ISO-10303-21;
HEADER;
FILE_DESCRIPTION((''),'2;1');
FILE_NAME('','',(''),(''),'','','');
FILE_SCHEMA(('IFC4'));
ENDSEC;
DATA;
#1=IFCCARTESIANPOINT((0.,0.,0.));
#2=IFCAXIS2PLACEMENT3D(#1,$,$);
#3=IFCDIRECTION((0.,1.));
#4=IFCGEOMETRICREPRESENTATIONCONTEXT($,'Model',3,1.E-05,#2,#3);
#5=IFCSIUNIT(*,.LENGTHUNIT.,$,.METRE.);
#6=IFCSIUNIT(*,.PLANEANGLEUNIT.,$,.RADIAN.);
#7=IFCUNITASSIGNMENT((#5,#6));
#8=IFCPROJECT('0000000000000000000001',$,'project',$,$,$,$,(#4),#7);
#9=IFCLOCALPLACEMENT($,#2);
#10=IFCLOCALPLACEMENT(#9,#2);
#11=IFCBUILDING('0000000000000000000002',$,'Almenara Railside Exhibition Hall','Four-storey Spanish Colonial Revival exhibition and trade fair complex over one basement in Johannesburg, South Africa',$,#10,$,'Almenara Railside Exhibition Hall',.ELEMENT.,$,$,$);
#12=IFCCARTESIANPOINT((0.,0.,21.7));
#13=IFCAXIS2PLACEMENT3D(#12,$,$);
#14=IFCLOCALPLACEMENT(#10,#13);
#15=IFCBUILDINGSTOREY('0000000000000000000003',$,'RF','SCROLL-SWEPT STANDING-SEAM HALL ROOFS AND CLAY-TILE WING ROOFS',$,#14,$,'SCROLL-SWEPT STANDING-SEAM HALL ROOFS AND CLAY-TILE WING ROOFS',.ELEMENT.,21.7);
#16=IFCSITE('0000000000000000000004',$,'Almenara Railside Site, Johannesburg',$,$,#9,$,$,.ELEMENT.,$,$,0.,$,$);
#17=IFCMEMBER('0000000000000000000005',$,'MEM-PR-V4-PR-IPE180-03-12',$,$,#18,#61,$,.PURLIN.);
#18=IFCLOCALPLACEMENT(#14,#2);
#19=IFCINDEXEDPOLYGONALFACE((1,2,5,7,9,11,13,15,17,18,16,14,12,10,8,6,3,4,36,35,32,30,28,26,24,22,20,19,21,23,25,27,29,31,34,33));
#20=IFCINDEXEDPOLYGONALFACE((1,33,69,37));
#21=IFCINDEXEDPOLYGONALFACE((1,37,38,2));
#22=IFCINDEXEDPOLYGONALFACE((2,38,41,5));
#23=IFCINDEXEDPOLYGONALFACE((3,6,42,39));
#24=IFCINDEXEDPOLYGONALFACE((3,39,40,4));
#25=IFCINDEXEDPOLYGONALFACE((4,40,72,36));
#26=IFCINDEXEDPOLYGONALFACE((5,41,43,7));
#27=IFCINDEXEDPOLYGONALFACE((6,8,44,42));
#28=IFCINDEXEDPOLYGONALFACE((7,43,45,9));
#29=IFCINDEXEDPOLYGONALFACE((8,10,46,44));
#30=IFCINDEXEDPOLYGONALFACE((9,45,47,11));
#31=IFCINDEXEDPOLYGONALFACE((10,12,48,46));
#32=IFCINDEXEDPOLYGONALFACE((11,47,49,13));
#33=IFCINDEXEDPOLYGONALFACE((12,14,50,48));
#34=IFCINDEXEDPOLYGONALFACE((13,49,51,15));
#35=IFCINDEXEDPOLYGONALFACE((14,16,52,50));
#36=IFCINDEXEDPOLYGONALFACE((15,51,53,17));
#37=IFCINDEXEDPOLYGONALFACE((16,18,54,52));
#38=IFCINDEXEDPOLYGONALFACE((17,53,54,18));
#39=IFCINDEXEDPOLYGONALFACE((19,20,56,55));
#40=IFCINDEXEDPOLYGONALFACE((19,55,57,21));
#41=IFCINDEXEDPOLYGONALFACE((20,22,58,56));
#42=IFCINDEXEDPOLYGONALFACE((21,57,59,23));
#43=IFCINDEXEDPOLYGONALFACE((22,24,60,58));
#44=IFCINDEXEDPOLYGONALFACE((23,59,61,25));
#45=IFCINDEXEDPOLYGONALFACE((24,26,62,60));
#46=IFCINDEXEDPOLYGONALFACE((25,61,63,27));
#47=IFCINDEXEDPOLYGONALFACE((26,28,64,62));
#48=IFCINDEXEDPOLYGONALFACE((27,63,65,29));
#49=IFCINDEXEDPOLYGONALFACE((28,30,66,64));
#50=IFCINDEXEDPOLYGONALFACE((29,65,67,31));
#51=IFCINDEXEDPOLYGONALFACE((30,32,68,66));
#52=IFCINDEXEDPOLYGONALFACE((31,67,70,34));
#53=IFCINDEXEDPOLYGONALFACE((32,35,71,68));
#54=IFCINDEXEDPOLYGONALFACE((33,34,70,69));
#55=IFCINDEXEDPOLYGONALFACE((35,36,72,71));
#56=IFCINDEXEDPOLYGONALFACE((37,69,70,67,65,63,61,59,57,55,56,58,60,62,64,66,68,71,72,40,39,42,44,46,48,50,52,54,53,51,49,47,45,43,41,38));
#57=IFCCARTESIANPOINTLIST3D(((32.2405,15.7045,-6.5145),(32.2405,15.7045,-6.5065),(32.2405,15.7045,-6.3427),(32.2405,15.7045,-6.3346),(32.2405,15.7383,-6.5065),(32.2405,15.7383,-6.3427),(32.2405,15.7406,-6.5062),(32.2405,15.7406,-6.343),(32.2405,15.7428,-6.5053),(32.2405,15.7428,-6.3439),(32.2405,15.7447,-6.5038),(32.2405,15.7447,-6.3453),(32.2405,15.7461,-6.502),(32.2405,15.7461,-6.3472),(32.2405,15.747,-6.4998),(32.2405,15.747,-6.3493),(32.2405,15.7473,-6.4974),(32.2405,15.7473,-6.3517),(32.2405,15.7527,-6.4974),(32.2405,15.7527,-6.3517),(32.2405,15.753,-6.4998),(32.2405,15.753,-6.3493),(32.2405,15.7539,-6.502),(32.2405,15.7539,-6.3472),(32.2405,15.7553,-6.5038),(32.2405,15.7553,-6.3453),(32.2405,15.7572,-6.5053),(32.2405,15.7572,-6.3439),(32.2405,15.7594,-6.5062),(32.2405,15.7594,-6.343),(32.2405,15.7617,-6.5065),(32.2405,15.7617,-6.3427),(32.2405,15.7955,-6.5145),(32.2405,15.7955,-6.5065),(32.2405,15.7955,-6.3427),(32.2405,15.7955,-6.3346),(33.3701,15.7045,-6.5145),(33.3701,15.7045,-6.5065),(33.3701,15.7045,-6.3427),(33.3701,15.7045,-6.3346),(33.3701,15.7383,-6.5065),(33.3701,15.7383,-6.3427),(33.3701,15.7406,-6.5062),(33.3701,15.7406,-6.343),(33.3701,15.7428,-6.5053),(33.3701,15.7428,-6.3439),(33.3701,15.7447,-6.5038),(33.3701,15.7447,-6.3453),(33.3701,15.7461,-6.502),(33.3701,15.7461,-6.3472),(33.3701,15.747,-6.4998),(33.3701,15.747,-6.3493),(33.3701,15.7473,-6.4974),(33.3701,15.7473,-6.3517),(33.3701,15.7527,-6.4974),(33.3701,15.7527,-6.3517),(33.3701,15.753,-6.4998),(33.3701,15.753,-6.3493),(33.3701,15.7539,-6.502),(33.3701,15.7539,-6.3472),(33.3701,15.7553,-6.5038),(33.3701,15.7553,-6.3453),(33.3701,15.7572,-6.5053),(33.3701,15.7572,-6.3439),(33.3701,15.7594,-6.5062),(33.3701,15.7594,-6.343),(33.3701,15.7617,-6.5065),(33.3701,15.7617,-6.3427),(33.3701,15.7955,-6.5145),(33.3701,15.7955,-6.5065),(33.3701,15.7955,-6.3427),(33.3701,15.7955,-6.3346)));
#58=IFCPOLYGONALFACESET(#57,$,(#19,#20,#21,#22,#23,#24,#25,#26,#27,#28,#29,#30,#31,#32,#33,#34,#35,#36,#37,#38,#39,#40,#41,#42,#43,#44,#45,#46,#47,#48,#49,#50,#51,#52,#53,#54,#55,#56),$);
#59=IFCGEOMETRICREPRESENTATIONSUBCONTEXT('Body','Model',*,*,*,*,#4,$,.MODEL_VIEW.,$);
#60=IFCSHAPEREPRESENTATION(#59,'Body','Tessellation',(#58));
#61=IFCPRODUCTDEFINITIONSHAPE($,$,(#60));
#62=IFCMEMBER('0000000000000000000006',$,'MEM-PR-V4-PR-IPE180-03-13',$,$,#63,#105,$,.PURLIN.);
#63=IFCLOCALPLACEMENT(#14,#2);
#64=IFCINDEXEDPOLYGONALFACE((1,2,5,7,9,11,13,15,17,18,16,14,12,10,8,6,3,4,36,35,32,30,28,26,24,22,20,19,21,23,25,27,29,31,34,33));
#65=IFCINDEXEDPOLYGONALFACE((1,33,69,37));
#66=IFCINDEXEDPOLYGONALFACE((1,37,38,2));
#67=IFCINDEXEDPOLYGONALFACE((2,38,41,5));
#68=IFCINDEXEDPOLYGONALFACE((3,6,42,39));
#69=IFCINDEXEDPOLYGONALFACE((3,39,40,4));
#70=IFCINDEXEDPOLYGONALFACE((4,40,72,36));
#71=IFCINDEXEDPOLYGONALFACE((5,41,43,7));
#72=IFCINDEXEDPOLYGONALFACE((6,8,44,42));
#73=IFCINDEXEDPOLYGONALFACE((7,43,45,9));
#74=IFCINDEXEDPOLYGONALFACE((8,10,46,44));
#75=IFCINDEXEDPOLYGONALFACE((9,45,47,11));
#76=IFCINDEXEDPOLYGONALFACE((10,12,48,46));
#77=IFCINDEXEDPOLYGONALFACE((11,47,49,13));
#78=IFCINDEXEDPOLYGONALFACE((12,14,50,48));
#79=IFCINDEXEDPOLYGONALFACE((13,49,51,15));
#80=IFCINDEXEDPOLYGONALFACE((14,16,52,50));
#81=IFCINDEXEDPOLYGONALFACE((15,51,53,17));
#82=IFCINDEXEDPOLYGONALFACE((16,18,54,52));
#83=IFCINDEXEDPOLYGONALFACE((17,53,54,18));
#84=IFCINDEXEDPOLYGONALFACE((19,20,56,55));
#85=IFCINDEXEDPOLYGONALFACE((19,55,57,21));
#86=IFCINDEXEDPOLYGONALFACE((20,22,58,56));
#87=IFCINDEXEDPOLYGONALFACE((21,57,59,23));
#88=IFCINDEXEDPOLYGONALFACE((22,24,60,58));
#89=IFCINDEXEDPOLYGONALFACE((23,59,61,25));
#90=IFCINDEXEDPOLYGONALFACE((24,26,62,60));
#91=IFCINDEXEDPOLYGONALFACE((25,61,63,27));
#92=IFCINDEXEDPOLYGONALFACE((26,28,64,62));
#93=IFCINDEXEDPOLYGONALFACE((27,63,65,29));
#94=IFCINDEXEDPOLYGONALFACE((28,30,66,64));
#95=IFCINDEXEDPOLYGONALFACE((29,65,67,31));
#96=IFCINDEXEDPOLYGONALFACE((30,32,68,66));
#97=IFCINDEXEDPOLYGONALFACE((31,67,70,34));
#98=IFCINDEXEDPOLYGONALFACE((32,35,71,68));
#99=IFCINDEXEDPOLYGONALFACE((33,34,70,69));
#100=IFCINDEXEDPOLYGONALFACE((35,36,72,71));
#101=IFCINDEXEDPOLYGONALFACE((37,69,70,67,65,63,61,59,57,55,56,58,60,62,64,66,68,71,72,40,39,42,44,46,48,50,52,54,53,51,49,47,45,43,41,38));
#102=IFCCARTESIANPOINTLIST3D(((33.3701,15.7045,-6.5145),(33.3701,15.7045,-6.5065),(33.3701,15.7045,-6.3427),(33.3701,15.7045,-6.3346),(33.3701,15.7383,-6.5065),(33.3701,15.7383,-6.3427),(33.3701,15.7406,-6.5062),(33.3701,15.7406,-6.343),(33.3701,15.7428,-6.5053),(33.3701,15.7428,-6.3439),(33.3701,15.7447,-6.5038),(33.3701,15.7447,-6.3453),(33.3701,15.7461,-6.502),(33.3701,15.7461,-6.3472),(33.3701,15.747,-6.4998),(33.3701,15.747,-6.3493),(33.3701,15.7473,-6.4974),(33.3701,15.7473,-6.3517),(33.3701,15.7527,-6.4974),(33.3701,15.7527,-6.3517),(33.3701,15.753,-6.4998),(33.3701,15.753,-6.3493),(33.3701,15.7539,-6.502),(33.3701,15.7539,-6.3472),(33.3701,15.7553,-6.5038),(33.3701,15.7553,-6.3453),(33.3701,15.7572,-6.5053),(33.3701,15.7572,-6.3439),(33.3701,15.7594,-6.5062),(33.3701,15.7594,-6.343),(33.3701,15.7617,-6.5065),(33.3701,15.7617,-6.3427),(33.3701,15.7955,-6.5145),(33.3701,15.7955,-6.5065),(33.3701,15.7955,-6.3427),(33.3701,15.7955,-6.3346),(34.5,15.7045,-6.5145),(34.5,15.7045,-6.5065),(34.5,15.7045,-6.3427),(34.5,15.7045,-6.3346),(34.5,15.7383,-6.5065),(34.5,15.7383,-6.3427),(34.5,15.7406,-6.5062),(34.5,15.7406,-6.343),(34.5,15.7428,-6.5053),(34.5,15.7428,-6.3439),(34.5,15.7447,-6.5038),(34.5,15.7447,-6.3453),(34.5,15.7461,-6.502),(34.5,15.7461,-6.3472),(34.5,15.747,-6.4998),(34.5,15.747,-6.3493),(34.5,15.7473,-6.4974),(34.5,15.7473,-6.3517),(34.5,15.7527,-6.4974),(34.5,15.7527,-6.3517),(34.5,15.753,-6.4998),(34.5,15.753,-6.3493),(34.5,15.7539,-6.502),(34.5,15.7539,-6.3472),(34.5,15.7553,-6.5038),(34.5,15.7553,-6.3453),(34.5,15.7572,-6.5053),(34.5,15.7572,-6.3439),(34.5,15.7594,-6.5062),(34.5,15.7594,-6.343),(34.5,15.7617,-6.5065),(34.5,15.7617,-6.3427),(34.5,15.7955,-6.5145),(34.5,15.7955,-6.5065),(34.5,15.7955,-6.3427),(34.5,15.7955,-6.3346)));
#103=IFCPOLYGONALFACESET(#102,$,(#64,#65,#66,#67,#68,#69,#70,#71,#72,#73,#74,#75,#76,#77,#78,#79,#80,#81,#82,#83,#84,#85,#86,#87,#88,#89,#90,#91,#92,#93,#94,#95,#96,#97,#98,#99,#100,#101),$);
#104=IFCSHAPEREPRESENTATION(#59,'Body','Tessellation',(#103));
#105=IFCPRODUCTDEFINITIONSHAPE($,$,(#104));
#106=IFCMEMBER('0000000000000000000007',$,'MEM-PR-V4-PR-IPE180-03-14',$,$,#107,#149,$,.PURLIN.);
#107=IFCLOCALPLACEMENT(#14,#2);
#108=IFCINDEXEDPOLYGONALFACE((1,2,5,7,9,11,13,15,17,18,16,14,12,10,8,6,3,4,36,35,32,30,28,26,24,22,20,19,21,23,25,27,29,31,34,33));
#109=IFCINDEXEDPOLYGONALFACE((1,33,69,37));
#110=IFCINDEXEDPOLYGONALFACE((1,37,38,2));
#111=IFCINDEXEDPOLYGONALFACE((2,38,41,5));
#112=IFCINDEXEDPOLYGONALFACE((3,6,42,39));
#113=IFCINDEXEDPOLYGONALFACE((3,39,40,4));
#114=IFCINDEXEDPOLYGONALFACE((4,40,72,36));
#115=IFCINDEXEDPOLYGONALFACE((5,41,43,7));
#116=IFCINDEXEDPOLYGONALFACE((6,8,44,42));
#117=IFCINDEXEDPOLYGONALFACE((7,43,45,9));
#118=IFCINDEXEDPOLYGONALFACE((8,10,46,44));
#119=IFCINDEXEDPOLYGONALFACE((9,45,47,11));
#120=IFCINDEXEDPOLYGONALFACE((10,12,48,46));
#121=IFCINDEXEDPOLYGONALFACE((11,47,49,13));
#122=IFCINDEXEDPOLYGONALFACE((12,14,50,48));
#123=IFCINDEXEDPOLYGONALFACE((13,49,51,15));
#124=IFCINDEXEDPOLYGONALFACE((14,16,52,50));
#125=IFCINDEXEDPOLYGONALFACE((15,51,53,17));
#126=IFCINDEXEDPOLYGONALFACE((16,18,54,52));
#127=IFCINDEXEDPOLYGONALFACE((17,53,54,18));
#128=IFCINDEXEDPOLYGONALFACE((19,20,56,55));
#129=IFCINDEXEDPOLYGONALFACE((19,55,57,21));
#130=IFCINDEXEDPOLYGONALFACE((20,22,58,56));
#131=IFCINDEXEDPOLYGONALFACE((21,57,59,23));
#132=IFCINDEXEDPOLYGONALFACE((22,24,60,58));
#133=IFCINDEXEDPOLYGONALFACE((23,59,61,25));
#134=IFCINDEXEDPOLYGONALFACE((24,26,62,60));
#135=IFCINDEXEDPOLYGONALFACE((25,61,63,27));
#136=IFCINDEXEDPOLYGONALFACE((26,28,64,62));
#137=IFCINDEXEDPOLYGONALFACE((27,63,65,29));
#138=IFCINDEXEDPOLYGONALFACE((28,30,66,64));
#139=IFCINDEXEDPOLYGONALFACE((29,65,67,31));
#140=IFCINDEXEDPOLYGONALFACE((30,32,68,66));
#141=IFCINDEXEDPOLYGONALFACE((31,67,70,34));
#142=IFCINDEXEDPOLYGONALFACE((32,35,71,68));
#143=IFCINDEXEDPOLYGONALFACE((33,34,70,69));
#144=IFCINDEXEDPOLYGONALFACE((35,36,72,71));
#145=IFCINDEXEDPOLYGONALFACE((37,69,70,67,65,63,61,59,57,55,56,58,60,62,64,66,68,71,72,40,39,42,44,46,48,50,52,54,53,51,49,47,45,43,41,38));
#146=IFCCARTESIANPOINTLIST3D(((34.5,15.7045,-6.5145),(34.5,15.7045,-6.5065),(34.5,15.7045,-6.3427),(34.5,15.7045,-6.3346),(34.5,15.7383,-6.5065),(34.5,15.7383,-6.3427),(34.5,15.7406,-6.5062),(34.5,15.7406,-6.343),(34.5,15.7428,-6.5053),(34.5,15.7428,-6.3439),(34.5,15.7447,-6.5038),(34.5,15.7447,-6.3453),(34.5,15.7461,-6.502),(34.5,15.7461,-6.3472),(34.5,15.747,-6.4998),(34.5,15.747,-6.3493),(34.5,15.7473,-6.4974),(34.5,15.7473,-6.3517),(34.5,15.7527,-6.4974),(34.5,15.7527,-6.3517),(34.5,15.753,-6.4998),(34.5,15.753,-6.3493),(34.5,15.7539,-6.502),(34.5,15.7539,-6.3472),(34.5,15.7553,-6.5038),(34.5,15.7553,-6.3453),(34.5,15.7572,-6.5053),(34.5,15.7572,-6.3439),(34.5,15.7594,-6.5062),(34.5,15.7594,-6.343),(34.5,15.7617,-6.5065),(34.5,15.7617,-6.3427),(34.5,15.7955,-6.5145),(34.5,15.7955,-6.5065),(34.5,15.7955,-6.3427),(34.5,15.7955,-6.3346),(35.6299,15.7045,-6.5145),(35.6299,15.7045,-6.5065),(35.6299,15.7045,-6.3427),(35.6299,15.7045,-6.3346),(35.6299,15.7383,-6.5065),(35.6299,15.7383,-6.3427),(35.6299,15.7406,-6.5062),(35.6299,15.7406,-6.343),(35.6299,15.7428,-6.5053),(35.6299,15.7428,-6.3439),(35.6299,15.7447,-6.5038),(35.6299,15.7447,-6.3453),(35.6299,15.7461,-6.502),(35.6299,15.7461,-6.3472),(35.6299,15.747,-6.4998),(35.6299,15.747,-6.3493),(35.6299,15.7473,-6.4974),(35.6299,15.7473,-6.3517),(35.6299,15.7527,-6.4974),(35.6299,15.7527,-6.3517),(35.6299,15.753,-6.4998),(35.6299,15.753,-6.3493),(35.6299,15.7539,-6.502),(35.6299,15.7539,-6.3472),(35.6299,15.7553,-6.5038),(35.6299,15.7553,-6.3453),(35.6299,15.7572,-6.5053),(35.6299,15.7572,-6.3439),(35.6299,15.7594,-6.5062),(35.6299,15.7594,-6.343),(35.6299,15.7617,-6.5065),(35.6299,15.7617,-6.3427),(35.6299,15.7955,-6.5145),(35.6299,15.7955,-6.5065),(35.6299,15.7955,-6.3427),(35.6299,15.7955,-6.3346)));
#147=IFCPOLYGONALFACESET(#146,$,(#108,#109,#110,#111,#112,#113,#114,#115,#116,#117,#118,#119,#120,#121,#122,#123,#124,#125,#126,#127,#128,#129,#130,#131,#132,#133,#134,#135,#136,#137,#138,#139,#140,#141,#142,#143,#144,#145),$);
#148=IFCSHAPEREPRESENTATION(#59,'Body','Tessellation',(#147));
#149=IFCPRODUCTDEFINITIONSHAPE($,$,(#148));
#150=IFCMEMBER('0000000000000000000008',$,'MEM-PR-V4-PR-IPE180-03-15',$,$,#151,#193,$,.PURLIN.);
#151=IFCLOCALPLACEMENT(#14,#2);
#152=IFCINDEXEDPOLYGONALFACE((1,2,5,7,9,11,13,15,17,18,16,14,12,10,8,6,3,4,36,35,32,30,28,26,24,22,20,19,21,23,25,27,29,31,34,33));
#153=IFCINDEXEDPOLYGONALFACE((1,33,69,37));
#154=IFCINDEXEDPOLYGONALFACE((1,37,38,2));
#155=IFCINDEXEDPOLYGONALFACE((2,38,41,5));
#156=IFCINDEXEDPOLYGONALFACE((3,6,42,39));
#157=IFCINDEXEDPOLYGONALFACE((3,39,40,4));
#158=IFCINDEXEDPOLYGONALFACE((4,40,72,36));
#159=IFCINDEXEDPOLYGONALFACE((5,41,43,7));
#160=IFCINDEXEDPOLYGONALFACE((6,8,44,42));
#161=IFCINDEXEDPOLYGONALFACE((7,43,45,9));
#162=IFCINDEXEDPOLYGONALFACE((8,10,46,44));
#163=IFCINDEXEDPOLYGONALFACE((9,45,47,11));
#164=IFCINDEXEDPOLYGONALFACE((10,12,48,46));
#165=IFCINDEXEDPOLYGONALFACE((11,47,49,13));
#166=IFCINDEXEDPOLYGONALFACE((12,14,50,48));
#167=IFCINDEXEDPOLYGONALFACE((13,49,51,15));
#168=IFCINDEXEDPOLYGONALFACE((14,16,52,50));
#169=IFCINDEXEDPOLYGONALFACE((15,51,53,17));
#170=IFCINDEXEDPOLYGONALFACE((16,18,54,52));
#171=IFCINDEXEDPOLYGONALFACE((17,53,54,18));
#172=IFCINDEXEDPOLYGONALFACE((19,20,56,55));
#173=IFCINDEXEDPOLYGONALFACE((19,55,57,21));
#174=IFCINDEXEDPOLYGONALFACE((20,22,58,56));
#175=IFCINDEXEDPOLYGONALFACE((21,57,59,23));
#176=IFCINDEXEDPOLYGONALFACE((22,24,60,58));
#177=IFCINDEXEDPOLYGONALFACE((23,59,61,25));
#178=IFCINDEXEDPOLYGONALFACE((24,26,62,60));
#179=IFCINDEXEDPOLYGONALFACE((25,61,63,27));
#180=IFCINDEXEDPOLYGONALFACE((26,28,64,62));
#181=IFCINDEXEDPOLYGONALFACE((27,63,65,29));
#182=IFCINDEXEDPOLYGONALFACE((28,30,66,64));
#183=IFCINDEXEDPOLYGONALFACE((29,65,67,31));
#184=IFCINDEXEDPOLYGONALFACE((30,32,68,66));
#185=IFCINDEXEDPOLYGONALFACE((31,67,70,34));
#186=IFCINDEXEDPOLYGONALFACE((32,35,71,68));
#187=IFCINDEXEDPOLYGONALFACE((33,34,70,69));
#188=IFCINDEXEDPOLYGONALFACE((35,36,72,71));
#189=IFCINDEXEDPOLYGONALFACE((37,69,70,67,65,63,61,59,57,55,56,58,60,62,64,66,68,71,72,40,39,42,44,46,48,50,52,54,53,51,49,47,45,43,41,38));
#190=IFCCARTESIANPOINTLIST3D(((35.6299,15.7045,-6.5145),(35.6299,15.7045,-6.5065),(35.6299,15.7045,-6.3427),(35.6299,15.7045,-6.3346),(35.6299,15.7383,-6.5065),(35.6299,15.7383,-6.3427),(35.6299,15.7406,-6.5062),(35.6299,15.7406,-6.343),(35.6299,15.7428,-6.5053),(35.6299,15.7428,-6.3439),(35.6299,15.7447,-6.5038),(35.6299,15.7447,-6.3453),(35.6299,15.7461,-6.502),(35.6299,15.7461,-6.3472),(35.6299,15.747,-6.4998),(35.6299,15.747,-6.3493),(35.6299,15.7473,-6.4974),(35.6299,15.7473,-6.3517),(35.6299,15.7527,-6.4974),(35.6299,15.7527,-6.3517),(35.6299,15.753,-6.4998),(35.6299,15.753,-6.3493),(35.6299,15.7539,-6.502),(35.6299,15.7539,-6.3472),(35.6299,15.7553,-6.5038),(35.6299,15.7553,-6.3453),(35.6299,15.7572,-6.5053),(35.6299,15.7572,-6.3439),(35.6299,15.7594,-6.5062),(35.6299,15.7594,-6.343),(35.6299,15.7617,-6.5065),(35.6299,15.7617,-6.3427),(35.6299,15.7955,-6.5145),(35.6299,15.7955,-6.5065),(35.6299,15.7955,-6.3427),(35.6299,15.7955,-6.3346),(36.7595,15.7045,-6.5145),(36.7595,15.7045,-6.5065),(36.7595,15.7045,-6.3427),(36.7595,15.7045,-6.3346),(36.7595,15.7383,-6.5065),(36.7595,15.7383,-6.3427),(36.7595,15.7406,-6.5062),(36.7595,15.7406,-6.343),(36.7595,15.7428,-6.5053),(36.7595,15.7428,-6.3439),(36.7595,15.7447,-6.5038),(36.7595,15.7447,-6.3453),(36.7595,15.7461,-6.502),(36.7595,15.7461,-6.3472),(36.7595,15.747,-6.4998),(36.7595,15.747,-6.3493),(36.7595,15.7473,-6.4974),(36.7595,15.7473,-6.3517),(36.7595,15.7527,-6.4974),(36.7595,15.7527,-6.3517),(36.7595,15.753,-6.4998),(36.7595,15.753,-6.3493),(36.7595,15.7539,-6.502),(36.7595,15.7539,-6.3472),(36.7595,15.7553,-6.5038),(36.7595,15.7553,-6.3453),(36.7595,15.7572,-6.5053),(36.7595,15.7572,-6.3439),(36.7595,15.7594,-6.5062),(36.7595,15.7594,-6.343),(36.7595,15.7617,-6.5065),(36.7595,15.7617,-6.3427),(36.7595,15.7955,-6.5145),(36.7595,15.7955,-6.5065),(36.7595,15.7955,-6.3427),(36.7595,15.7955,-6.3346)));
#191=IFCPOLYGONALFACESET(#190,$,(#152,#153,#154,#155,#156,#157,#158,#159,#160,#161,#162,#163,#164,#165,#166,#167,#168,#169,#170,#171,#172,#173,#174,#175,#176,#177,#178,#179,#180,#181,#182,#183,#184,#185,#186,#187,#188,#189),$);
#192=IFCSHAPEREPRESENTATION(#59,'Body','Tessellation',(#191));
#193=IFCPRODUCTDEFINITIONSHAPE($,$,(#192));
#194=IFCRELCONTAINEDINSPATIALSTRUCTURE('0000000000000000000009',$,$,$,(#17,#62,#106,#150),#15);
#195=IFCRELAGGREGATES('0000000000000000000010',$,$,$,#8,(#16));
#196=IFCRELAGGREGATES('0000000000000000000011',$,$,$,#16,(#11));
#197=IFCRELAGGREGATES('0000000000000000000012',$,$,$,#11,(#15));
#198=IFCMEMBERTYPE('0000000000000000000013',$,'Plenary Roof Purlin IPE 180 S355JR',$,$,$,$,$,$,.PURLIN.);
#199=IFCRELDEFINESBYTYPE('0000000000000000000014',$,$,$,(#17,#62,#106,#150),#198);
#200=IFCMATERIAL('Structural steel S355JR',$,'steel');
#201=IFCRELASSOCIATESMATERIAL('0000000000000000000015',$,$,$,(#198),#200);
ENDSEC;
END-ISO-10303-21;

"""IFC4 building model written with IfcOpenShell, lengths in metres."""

from ifc_helpers import new_model, si_unit, direction, frame, origin, origin_2d, place, context, subcontext, project, spatial, i_section, extrude, material, material_profile, profile_set, type_object, element, save


model = new_model("IFC4")

# Units and contexts
model_context = context("Model", 3, precision=1e-05, world=origin(), true_north=direction((0.0, 1.0)))
body_context = subcontext(model_context, "Body", "Model", "MODEL_VIEW")
ifc_project = project(units=[si_unit("LENGTHUNIT", "METRE"), si_unit("PLANEANGLEUNIT", "RADIAN")], contexts=[model_context])

# Site, building, storey
site_placement = place(None, origin())
site = spatial("IfcSite", under=ifc_project, at=site_placement, Name="Almenara Railside Site, Johannesburg", CompositionType="ELEMENT", RefElevation=0.0)
building_placement = place(site_placement, origin())
building = spatial("IfcBuilding", under=site, at=building_placement, Name="Almenara Railside Exhibition Hall", Description="Four-storey Spanish Colonial Revival exhibition and trade fair complex over one basement in Johannesburg, South Africa", LongName="Almenara Railside Exhibition Hall", CompositionType="ELEMENT")
storey_placement = place(building_placement, frame((0.0, 0.0, 21.7)))
storey = spatial("IfcBuildingStorey", under=building, at=storey_placement, Name="RF", Description="SCROLL-SWEPT STANDING-SEAM HALL ROOFS AND CLAY-TILE WING ROOFS", LongName="SCROLL-SWEPT STANDING-SEAM HALL ROOFS AND CLAY-TILE WING ROOFS", CompositionType="ELEMENT", Elevation=21.7)

# Members
ifc_material_1 = material(Name="Structural steel S355JR", Category="steel")
ifc_material_profile_1 = material_profile(ifc_material_1, i_section(OverallWidth=0.0911, OverallDepth=0.1799, WebThickness=0.0054, FlangeThickness=0.0081, FilletRadius=0.009, at=origin_2d()), Name="IPE 180")
ifc_profile_set_1 = profile_set([ifc_material_profile_1], Name="Structural steel S355JR")
member_type_1 = type_object("IfcMemberType", Name="Plenary Roof Purlin IPE 180 S355JR", PredefinedType="PURLIN", material=ifc_profile_set_1)
member_1_placement = place(storey_placement, frame((32.2405, 15.75, -6.4246), z_axis=(1.0, 0.0, 0.0), x_axis=(0.0, 1.0, 0.0)))
element("IfcMember", 1, at=member_1_placement, inside=storey, type_object=member_type_1, Name="MEM-PR-V4-PR-IPE180-03-12", PredefinedType="PURLIN", context=body_context, shape_type="SweptSolid", body=[
    extrude(i_section(OverallWidth=0.0911, OverallDepth=0.1799, WebThickness=0.0054, FlangeThickness=0.0081, FilletRadius=0.009, at=origin_2d()), origin(), (0.0, 0.0, 1.0), 1.1296),
])
for number, where, z_axis, x_axis, name in (
    (2, (33.3701, 15.75, -6.4246), (1.0, 0.0, 0.0), (0.0, 1.0, 0.0), "MEM-PR-V4-PR-IPE180-03-13"),
    (3, (34.5, 15.75, -6.4246), (1.0, 0.0, 0.0), (0.0, 1.0, 0.0), "MEM-PR-V4-PR-IPE180-03-14"),
):
    element("IfcMember", number, at=place(storey_placement, frame(where, z_axis=z_axis, x_axis=x_axis)), inside=storey, type_object=member_type_1, Name=name, PredefinedType="PURLIN", context=body_context, shape_type="SweptSolid", body=[
        extrude(i_section(OverallWidth=0.0911, OverallDepth=0.1799, WebThickness=0.0054, FlangeThickness=0.0081, FilletRadius=0.009, at=origin_2d()), origin(), (0.0, 0.0, 1.0), 1.1299),
    ])
member_2_placement = place(storey_placement, frame((35.6299, 15.75, -6.4246), z_axis=(1.0, 0.0, 0.0), x_axis=(0.0, 1.0, 0.0)))
element("IfcMember", 4, at=member_2_placement, inside=storey, type_object=member_type_1, Name="MEM-PR-V4-PR-IPE180-03-15", PredefinedType="PURLIN", context=body_context, shape_type="SweptSolid", body=[
    extrude(i_section(OverallWidth=0.0911, OverallDepth=0.1799, WebThickness=0.0054, FlangeThickness=0.0081, FilletRadius=0.009, at=origin_2d()), origin(), (0.0, 0.0, 1.0), 1.1296),
])

save(model, "model.ifc")
